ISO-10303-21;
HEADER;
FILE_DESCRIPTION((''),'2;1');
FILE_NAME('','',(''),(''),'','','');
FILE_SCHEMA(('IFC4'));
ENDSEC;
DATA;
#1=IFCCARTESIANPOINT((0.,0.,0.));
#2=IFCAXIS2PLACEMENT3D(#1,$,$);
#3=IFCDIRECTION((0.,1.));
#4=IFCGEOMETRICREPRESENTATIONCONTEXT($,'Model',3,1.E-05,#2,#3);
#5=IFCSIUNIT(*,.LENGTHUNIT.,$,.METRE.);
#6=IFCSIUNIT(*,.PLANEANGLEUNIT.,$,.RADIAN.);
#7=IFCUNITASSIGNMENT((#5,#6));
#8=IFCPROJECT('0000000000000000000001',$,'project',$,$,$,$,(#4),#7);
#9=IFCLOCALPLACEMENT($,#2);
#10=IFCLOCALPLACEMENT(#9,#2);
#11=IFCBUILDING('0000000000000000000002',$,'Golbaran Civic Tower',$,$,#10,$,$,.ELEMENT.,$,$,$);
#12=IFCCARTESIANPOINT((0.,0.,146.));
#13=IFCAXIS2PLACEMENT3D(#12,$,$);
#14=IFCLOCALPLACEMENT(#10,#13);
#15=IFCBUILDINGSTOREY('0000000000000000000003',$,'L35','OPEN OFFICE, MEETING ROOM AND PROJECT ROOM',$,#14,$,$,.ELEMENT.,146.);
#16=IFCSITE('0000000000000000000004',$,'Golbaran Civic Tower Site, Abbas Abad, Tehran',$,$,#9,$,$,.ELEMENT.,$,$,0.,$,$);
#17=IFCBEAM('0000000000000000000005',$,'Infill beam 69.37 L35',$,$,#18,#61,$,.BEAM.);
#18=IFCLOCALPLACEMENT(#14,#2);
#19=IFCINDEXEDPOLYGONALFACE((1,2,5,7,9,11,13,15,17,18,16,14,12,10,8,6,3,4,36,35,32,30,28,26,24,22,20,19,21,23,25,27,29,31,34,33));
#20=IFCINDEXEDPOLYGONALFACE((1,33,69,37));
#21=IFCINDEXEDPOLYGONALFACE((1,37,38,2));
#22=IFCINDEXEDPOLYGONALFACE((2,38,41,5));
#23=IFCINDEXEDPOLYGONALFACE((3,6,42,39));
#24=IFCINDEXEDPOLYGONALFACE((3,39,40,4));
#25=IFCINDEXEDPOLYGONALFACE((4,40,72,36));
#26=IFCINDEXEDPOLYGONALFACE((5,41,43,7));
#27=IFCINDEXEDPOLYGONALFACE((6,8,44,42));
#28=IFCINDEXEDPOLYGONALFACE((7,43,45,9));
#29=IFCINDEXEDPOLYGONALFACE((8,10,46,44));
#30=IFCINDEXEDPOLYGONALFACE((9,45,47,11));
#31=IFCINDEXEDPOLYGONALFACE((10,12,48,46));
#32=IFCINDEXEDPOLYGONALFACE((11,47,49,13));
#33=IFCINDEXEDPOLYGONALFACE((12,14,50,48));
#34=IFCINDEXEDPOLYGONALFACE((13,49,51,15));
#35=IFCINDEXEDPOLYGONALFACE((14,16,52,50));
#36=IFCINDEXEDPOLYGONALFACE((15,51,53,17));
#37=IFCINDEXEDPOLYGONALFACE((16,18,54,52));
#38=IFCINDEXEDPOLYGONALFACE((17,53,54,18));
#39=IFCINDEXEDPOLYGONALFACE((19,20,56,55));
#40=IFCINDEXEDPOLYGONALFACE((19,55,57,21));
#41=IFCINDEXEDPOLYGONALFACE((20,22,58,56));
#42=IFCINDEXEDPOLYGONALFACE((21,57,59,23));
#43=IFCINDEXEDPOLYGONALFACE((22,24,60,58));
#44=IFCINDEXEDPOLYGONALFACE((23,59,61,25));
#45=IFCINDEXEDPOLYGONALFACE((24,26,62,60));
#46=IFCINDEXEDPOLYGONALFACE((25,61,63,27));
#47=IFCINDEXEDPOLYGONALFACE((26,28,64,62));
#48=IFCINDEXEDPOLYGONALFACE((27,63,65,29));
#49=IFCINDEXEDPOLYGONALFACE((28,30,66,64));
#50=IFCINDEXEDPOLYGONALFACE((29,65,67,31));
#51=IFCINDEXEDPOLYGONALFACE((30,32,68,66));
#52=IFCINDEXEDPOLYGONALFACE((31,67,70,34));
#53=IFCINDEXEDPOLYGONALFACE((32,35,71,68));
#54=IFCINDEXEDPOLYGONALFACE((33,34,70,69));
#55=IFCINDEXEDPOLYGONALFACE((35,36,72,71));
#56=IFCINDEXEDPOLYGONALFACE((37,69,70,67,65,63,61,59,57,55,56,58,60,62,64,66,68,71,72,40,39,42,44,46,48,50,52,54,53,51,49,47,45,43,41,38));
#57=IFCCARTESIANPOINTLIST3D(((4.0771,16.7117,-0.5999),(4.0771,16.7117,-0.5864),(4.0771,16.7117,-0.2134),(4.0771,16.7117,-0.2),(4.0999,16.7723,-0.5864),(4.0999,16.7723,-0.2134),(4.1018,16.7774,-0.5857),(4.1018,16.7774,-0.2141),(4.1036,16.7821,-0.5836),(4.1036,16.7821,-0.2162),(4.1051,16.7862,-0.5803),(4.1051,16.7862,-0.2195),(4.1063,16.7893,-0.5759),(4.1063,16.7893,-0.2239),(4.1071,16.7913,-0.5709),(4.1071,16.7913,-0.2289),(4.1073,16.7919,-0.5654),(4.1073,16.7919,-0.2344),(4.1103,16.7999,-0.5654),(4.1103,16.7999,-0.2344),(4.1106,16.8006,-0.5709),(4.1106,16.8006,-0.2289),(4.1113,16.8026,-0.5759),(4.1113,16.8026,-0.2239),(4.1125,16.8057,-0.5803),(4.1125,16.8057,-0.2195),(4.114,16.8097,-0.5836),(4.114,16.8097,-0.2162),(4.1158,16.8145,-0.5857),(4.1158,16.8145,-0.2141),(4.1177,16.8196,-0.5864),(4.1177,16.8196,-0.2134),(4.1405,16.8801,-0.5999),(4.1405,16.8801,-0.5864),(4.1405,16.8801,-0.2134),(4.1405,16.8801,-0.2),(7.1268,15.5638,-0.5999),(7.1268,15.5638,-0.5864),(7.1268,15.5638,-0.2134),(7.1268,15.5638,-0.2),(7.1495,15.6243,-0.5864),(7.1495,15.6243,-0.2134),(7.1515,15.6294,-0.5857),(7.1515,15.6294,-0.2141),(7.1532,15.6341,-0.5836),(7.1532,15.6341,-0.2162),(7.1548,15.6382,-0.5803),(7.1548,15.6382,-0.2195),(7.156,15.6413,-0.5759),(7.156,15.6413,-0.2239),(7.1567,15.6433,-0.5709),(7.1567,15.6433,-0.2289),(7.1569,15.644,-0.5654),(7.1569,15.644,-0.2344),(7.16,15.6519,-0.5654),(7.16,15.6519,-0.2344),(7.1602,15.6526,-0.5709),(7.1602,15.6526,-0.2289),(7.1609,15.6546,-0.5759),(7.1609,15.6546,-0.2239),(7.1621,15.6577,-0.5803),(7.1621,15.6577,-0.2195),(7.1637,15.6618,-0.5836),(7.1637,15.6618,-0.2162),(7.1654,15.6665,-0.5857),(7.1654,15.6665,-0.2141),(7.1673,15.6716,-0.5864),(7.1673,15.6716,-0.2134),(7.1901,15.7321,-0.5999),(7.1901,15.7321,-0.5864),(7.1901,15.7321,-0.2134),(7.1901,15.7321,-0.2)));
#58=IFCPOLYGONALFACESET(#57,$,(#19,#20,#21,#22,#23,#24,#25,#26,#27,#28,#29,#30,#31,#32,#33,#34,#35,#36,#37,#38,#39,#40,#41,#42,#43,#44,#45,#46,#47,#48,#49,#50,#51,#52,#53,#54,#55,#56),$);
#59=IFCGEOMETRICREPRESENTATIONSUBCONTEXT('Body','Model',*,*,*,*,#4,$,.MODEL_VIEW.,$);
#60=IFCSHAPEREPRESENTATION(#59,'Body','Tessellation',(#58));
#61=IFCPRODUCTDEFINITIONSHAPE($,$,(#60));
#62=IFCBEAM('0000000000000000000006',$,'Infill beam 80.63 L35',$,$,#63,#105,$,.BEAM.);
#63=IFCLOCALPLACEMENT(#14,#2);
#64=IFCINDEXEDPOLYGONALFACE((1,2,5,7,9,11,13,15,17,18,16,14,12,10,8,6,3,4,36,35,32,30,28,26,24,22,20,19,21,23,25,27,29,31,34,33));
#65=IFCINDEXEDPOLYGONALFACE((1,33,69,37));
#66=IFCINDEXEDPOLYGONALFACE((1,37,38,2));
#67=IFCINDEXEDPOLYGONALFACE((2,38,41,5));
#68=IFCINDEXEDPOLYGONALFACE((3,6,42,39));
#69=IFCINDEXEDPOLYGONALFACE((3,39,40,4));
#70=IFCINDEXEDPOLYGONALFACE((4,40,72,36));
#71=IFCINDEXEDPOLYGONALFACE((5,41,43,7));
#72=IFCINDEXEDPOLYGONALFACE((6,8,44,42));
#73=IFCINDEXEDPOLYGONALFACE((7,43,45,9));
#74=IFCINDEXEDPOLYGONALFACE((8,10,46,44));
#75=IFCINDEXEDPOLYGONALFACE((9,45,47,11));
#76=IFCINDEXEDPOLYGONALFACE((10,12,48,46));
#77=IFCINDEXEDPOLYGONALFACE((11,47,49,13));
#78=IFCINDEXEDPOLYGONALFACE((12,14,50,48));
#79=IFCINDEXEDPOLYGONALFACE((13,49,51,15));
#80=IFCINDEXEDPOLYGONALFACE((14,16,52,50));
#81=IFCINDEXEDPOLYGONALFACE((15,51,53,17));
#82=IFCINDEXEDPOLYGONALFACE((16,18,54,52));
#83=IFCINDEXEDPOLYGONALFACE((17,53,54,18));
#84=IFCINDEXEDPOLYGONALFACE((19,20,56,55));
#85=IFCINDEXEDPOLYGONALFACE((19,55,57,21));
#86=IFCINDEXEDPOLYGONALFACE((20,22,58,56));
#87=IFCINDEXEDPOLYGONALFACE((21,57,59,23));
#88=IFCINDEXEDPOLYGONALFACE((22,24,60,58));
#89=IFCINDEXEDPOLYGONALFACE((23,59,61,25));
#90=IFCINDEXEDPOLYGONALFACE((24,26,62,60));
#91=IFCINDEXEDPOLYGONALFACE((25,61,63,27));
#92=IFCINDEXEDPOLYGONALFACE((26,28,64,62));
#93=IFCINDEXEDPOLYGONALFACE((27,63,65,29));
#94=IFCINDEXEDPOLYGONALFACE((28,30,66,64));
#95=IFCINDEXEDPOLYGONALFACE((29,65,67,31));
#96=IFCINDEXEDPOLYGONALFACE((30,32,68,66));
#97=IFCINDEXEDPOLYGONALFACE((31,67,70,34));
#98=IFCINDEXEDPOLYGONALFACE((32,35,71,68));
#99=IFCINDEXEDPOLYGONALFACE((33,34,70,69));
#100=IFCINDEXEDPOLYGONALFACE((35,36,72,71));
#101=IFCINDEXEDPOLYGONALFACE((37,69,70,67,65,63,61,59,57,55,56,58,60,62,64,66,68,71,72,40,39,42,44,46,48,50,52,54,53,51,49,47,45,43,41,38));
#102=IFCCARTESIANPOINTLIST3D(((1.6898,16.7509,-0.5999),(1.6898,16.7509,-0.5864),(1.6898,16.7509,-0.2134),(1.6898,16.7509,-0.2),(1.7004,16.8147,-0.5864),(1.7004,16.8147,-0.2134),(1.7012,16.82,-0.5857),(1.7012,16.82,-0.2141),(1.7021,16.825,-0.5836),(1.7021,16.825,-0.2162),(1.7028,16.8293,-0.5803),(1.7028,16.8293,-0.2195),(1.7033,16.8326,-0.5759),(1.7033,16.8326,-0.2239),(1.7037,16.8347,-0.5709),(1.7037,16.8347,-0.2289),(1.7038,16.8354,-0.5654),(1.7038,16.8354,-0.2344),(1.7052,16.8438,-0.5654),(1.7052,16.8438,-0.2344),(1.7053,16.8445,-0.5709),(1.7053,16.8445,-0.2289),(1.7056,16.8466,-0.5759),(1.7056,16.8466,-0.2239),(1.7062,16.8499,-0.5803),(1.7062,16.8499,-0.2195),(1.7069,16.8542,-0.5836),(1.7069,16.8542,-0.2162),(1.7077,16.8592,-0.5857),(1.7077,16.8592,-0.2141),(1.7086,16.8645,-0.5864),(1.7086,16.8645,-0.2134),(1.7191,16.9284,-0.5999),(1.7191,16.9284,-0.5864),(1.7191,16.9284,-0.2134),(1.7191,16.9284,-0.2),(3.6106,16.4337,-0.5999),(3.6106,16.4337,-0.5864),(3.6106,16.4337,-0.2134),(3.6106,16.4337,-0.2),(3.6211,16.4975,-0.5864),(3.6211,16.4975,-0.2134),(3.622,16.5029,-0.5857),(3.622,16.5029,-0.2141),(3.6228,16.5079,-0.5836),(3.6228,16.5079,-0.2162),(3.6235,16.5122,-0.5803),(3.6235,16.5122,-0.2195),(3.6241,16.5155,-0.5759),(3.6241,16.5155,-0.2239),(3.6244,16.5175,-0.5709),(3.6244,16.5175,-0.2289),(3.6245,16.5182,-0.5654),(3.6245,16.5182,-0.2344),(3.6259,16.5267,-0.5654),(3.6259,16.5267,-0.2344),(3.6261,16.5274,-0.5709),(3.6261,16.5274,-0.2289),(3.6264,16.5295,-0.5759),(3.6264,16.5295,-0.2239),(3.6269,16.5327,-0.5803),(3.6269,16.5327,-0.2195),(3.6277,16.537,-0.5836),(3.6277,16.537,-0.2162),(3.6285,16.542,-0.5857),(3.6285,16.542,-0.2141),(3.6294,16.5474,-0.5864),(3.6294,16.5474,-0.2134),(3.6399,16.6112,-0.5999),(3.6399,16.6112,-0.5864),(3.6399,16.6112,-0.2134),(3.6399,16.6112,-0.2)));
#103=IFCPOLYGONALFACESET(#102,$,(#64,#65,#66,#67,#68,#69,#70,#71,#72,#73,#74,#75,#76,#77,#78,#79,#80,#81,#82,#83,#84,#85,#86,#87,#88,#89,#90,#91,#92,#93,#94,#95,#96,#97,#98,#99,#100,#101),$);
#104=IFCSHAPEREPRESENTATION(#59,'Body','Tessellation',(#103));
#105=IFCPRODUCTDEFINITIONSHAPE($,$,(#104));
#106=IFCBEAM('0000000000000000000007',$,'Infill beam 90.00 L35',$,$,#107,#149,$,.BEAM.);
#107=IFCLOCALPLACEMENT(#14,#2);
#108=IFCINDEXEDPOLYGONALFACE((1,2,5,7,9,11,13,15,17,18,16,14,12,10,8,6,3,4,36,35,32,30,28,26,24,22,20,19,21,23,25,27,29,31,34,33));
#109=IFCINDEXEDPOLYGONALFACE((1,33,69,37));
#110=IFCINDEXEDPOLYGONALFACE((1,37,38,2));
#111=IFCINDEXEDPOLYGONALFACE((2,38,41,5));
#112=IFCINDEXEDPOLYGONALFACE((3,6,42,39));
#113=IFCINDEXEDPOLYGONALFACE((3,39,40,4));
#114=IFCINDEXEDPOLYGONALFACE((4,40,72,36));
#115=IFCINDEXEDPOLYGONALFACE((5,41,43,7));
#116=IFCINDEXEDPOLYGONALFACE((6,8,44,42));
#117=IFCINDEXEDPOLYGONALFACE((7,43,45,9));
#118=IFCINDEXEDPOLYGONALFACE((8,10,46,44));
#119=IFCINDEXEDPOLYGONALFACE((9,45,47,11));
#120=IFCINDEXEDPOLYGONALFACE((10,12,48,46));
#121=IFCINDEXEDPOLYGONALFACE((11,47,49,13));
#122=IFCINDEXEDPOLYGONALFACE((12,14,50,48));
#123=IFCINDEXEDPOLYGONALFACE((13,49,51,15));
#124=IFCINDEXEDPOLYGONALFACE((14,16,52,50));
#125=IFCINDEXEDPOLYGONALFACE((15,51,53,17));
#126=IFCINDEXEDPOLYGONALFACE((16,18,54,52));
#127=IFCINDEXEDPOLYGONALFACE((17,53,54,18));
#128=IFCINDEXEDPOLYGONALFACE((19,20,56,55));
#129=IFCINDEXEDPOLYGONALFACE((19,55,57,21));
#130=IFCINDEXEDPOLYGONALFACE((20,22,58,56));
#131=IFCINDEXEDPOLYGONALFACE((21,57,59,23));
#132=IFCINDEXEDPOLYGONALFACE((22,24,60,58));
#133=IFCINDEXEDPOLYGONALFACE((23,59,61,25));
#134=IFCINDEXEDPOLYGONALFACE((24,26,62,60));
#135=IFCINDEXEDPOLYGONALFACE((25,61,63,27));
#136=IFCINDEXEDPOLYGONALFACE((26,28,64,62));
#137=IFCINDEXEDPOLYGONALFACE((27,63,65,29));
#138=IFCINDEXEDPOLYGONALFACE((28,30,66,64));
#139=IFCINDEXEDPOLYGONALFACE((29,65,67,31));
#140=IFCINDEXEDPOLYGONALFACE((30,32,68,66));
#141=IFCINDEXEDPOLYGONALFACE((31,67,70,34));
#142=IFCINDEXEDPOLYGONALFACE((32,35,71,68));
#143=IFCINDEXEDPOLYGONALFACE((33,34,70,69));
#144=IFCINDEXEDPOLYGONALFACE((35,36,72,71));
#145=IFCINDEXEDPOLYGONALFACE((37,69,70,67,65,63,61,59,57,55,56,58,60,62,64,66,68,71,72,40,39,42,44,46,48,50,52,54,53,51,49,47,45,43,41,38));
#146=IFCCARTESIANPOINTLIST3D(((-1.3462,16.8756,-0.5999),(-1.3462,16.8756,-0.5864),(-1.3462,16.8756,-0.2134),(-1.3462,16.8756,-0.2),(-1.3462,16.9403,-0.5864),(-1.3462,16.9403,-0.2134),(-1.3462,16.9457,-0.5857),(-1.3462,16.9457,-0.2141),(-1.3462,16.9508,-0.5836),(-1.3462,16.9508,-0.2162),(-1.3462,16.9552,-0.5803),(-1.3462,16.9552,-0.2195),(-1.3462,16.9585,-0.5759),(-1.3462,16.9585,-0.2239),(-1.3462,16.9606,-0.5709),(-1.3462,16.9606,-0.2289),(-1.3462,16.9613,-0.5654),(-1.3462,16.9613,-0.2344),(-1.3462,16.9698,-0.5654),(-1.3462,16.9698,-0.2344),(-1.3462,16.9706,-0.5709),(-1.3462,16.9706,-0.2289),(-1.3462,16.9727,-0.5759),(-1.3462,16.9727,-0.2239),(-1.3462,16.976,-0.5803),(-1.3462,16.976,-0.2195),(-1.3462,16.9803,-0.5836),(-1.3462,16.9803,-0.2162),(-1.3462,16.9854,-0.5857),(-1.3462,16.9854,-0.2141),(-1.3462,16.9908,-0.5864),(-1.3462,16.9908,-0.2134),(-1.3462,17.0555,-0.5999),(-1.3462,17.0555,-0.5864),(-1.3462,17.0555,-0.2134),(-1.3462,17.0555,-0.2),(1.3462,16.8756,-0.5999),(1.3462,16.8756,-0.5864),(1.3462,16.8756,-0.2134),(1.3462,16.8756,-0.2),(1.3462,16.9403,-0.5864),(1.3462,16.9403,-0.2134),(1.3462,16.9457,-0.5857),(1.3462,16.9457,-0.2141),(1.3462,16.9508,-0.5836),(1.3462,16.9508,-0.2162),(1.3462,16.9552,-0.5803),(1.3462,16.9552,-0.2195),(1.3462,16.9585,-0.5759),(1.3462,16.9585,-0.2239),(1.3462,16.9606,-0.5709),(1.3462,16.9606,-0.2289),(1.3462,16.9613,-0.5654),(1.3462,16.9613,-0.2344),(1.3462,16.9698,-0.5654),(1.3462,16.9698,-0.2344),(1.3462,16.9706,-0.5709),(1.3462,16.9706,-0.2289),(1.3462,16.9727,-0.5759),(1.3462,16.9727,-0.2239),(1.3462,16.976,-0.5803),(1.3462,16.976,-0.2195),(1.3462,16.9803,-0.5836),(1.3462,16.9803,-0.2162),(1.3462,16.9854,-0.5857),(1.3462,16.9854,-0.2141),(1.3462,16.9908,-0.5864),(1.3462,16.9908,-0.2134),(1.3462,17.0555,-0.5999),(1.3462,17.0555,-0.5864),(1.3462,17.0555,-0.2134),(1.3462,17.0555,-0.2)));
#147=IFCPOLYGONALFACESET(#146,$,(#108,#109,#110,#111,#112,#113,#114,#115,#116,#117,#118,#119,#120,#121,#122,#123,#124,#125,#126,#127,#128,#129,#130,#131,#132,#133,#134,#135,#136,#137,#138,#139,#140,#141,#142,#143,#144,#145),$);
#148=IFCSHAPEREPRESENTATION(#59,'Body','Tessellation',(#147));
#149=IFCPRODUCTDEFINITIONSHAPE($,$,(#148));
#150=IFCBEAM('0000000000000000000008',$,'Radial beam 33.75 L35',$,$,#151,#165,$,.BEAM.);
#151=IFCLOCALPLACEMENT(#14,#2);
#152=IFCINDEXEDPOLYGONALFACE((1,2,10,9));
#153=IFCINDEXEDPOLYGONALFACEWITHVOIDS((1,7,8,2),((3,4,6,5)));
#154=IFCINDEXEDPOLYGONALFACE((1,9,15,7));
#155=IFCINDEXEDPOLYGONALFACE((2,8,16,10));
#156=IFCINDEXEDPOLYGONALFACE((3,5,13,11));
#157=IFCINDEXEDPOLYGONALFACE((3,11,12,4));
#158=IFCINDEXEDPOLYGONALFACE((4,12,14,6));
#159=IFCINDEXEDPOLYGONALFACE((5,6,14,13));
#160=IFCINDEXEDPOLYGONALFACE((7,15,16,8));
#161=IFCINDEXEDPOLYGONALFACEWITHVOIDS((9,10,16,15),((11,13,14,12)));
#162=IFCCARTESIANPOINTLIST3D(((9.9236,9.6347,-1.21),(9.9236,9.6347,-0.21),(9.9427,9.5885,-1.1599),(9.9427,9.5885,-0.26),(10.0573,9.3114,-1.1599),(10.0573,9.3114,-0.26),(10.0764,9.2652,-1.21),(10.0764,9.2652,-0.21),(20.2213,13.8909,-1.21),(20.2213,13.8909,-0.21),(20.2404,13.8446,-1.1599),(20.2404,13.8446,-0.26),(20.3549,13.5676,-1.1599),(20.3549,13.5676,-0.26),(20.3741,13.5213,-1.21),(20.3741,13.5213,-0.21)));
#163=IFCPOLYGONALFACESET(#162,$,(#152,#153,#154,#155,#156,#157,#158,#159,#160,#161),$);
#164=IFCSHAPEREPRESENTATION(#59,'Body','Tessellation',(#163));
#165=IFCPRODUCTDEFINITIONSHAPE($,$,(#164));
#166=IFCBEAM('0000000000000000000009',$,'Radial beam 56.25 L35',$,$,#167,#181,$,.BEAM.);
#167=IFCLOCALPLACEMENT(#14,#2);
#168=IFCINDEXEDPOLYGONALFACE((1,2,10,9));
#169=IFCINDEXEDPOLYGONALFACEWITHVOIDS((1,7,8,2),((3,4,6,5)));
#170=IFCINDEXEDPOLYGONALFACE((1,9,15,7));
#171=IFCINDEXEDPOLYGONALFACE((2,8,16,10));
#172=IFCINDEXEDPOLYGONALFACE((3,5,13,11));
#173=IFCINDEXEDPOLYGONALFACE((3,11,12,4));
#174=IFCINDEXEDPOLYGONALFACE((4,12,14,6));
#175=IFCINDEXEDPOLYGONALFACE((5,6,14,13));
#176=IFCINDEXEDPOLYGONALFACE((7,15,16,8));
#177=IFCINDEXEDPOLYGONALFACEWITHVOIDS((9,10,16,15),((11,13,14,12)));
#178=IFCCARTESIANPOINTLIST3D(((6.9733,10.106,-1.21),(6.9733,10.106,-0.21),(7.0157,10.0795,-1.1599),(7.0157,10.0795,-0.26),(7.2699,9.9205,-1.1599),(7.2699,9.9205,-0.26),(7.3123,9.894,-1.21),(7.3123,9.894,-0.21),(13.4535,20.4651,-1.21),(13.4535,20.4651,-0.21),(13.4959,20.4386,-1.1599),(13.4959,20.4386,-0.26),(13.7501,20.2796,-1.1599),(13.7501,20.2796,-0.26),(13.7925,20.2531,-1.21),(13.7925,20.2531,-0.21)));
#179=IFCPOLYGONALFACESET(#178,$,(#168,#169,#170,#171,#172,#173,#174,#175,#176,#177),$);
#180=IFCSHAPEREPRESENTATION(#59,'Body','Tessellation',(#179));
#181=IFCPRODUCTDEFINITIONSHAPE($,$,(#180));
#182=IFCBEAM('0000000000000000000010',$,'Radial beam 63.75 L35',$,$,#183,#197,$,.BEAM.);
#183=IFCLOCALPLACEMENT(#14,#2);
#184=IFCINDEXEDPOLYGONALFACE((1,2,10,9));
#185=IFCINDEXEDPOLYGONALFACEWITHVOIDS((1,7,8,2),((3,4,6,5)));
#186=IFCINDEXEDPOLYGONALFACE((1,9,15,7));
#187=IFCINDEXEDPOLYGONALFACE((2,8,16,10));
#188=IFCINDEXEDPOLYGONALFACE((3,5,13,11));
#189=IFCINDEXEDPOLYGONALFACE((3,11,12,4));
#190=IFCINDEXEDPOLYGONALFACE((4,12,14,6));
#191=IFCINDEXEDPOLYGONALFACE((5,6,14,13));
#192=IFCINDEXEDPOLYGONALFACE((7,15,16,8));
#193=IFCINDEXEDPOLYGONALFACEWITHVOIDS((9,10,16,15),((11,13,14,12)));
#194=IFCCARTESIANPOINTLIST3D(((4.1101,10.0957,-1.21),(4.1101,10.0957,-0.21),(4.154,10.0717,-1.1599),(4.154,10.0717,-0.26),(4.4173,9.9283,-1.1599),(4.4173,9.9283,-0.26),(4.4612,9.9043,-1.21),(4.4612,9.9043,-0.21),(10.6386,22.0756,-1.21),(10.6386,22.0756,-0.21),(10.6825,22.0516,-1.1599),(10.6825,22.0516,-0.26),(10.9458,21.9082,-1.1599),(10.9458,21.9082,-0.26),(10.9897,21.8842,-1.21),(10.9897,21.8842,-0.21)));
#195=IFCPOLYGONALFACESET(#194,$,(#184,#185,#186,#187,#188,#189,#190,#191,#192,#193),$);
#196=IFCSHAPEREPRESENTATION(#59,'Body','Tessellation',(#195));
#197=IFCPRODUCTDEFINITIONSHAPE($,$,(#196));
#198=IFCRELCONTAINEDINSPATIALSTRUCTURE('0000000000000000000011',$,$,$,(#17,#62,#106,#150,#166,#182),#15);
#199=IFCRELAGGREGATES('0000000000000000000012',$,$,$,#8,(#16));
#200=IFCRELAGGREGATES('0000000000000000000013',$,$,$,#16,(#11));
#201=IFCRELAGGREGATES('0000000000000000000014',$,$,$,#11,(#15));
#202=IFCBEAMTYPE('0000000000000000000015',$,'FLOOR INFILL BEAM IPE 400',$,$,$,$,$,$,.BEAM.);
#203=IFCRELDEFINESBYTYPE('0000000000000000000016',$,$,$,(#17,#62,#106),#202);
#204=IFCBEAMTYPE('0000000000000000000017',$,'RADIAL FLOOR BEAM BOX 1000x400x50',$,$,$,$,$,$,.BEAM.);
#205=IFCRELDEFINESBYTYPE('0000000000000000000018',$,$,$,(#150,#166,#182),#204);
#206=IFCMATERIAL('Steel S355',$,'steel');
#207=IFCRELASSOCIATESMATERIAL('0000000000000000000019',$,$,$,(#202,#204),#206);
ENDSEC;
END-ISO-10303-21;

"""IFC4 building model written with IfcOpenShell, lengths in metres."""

from ifc_helpers import new_model, si_unit, direction, frame, origin, origin_2d, place, context, subcontext, project, spatial, hollow_rectangle, i_section, extrude, material, material_profile, profile_set, type_object, element, save


model = new_model("IFC4")

# Units and contexts
model_context = context("Model", 3, precision=1e-05, world=origin(), true_north=direction((0.0, 1.0)))
body_context = subcontext(model_context, "Body", "Model", "MODEL_VIEW")
ifc_project = project(units=[si_unit("LENGTHUNIT", "METRE"), si_unit("PLANEANGLEUNIT", "RADIAN")], contexts=[model_context])

# Site, building, storey
site_placement = place(None, origin())
site = spatial("IfcSite", under=ifc_project, at=site_placement, Name="Golbaran Civic Tower Site, Abbas Abad, Tehran", CompositionType="ELEMENT", RefElevation=0.0)
building_placement = place(site_placement, origin())
building = spatial("IfcBuilding", under=site, at=building_placement, Name="Golbaran Civic Tower", CompositionType="ELEMENT")
storey_placement = place(building_placement, frame((0.0, 0.0, 146.0)))
storey = spatial("IfcBuildingStorey", under=building, at=storey_placement, Name="L35", Description="OPEN OFFICE, MEETING ROOM AND PROJECT ROOM", CompositionType="ELEMENT", Elevation=146.0)

# Beams
ifc_material_1 = material(Name="Steel S355", Category="steel")
ifc_material_profile_1 = material_profile(ifc_material_1, i_section(OverallWidth=0.1799, OverallDepth=0.3999, WebThickness=0.0085, FlangeThickness=0.0134, FilletRadius=0.021, at=origin_2d()), Name="IPE 400")
ifc_profile_set_1 = profile_set([ifc_material_profile_1], Name="Steel S355")
beam_type_1 = type_object("IfcBeamType", Name="FLOOR INFILL BEAM IPE 400", PredefinedType="BEAM", material=ifc_profile_set_1)
beam_1_placement = place(storey_placement, frame((7.1584, 15.6479, -0.3999), z_axis=(-0.935888, 0.352297, 0.0), x_axis=(-0.352297, -0.935888, 0.0)))
element("IfcBeam", 1, at=beam_1_placement, inside=storey, type_object=beam_type_1, Name="Infill beam 69.37 L35", PredefinedType="BEAM", context=body_context, shape_type="SweptSolid", body=[
    extrude(i_section(OverallWidth=0.1799, OverallDepth=0.3999, WebThickness=0.0085, FlangeThickness=0.0134, FilletRadius=0.021, at=origin_2d()), origin(), (0.0, 0.0, 1.0), 3.2585),
])
beam_2_placement = place(storey_placement, frame((3.6252, 16.5225, -0.3999), z_axis=(-0.98664, 0.162914, 0.0), x_axis=(-0.162914, -0.98664, 0.0)))
element("IfcBeam", 2, at=beam_2_placement, inside=storey, type_object=beam_type_1, Name="Infill beam 80.63 L35", PredefinedType="BEAM", context=body_context, shape_type="SweptSolid", body=[
    extrude(i_section(OverallWidth=0.1799, OverallDepth=0.3999, WebThickness=0.0085, FlangeThickness=0.0134, FilletRadius=0.021, at=origin_2d()), origin(), (0.0, 0.0, 1.0), 1.9468),
])
beam_3_placement = place(storey_placement, frame((1.3462, 16.9656, -0.3999), z_axis=(-1.0, 0.0, 0.0), x_axis=(0.0, -1.0, 0.0)))
element("IfcBeam", 3, at=beam_3_placement, inside=storey, type_object=beam_type_1, Name="Infill beam 90.00 L35", PredefinedType="BEAM", context=body_context, shape_type="SweptSolid", body=[
    extrude(i_section(OverallWidth=0.1799, OverallDepth=0.3999, WebThickness=0.0085, FlangeThickness=0.0134, FilletRadius=0.021, at=origin_2d()), origin(), (0.0, 0.0, 1.0), 2.6924),
])
ifc_material_profile_2 = material_profile(ifc_material_1, hollow_rectangle(XDim=0.3999, YDim=1.0, WallThickness=0.05, at=origin_2d()), Name="BOX 1000x400x50")
ifc_profile_set_2 = profile_set([ifc_material_profile_2], Name="Steel S355")
beam_type_2 = type_object("IfcBeamType", Name="RADIAL FLOOR BEAM BOX 1000x400x50", PredefinedType="BEAM", material=ifc_profile_set_2)
beam_4_placement = place(storey_placement, frame((10.0, 9.45, -0.71), z_axis=(0.924175, 0.381971, 0.0), x_axis=(-0.381971, 0.924175, 0.0)))
element("IfcBeam", 4, at=beam_4_placement, inside=storey, type_object=beam_type_2, Name="Radial beam 33.75 L35", PredefinedType="BEAM", context=body_context, shape_type="SweptSolid", body=[
    extrude(hollow_rectangle(XDim=0.3999, YDim=1.0, WallThickness=0.05, at=origin_2d()), origin(), (0.0, 0.0, 1.0), 11.1426),
])
beam_5_placement = place(storey_placement, frame((7.1428, 10.0, -0.71), z_axis=(0.530338, 0.847786, 0.0), x_axis=(-0.847786, 0.530338, 0.0)))
element("IfcBeam", 5, at=beam_5_placement, inside=storey, type_object=beam_type_2, Name="Radial beam 56.25 L35", PredefinedType="BEAM", context=body_context, shape_type="SweptSolid", body=[
    extrude(hollow_rectangle(XDim=0.3999, YDim=1.0, WallThickness=0.05, at=origin_2d()), origin(), (0.0, 0.0, 1.0), 12.219),
])
beam_6_placement = place(storey_placement, frame((4.2856, 10.0, -0.71), z_axis=(0.478515, 0.878079, 0.0), x_axis=(-0.878079, 0.478515, 0.0)))
element("IfcBeam", 6, at=beam_6_placement, inside=storey, type_object=beam_type_2, Name="Radial beam 63.75 L35", PredefinedType="BEAM", context=body_context, shape_type="SweptSolid", body=[
    extrude(hollow_rectangle(XDim=0.3999, YDim=1.0, WallThickness=0.05, at=origin_2d()), origin(), (0.0, 0.0, 1.0), 13.6433),
])

save(model, "model.ifc")
